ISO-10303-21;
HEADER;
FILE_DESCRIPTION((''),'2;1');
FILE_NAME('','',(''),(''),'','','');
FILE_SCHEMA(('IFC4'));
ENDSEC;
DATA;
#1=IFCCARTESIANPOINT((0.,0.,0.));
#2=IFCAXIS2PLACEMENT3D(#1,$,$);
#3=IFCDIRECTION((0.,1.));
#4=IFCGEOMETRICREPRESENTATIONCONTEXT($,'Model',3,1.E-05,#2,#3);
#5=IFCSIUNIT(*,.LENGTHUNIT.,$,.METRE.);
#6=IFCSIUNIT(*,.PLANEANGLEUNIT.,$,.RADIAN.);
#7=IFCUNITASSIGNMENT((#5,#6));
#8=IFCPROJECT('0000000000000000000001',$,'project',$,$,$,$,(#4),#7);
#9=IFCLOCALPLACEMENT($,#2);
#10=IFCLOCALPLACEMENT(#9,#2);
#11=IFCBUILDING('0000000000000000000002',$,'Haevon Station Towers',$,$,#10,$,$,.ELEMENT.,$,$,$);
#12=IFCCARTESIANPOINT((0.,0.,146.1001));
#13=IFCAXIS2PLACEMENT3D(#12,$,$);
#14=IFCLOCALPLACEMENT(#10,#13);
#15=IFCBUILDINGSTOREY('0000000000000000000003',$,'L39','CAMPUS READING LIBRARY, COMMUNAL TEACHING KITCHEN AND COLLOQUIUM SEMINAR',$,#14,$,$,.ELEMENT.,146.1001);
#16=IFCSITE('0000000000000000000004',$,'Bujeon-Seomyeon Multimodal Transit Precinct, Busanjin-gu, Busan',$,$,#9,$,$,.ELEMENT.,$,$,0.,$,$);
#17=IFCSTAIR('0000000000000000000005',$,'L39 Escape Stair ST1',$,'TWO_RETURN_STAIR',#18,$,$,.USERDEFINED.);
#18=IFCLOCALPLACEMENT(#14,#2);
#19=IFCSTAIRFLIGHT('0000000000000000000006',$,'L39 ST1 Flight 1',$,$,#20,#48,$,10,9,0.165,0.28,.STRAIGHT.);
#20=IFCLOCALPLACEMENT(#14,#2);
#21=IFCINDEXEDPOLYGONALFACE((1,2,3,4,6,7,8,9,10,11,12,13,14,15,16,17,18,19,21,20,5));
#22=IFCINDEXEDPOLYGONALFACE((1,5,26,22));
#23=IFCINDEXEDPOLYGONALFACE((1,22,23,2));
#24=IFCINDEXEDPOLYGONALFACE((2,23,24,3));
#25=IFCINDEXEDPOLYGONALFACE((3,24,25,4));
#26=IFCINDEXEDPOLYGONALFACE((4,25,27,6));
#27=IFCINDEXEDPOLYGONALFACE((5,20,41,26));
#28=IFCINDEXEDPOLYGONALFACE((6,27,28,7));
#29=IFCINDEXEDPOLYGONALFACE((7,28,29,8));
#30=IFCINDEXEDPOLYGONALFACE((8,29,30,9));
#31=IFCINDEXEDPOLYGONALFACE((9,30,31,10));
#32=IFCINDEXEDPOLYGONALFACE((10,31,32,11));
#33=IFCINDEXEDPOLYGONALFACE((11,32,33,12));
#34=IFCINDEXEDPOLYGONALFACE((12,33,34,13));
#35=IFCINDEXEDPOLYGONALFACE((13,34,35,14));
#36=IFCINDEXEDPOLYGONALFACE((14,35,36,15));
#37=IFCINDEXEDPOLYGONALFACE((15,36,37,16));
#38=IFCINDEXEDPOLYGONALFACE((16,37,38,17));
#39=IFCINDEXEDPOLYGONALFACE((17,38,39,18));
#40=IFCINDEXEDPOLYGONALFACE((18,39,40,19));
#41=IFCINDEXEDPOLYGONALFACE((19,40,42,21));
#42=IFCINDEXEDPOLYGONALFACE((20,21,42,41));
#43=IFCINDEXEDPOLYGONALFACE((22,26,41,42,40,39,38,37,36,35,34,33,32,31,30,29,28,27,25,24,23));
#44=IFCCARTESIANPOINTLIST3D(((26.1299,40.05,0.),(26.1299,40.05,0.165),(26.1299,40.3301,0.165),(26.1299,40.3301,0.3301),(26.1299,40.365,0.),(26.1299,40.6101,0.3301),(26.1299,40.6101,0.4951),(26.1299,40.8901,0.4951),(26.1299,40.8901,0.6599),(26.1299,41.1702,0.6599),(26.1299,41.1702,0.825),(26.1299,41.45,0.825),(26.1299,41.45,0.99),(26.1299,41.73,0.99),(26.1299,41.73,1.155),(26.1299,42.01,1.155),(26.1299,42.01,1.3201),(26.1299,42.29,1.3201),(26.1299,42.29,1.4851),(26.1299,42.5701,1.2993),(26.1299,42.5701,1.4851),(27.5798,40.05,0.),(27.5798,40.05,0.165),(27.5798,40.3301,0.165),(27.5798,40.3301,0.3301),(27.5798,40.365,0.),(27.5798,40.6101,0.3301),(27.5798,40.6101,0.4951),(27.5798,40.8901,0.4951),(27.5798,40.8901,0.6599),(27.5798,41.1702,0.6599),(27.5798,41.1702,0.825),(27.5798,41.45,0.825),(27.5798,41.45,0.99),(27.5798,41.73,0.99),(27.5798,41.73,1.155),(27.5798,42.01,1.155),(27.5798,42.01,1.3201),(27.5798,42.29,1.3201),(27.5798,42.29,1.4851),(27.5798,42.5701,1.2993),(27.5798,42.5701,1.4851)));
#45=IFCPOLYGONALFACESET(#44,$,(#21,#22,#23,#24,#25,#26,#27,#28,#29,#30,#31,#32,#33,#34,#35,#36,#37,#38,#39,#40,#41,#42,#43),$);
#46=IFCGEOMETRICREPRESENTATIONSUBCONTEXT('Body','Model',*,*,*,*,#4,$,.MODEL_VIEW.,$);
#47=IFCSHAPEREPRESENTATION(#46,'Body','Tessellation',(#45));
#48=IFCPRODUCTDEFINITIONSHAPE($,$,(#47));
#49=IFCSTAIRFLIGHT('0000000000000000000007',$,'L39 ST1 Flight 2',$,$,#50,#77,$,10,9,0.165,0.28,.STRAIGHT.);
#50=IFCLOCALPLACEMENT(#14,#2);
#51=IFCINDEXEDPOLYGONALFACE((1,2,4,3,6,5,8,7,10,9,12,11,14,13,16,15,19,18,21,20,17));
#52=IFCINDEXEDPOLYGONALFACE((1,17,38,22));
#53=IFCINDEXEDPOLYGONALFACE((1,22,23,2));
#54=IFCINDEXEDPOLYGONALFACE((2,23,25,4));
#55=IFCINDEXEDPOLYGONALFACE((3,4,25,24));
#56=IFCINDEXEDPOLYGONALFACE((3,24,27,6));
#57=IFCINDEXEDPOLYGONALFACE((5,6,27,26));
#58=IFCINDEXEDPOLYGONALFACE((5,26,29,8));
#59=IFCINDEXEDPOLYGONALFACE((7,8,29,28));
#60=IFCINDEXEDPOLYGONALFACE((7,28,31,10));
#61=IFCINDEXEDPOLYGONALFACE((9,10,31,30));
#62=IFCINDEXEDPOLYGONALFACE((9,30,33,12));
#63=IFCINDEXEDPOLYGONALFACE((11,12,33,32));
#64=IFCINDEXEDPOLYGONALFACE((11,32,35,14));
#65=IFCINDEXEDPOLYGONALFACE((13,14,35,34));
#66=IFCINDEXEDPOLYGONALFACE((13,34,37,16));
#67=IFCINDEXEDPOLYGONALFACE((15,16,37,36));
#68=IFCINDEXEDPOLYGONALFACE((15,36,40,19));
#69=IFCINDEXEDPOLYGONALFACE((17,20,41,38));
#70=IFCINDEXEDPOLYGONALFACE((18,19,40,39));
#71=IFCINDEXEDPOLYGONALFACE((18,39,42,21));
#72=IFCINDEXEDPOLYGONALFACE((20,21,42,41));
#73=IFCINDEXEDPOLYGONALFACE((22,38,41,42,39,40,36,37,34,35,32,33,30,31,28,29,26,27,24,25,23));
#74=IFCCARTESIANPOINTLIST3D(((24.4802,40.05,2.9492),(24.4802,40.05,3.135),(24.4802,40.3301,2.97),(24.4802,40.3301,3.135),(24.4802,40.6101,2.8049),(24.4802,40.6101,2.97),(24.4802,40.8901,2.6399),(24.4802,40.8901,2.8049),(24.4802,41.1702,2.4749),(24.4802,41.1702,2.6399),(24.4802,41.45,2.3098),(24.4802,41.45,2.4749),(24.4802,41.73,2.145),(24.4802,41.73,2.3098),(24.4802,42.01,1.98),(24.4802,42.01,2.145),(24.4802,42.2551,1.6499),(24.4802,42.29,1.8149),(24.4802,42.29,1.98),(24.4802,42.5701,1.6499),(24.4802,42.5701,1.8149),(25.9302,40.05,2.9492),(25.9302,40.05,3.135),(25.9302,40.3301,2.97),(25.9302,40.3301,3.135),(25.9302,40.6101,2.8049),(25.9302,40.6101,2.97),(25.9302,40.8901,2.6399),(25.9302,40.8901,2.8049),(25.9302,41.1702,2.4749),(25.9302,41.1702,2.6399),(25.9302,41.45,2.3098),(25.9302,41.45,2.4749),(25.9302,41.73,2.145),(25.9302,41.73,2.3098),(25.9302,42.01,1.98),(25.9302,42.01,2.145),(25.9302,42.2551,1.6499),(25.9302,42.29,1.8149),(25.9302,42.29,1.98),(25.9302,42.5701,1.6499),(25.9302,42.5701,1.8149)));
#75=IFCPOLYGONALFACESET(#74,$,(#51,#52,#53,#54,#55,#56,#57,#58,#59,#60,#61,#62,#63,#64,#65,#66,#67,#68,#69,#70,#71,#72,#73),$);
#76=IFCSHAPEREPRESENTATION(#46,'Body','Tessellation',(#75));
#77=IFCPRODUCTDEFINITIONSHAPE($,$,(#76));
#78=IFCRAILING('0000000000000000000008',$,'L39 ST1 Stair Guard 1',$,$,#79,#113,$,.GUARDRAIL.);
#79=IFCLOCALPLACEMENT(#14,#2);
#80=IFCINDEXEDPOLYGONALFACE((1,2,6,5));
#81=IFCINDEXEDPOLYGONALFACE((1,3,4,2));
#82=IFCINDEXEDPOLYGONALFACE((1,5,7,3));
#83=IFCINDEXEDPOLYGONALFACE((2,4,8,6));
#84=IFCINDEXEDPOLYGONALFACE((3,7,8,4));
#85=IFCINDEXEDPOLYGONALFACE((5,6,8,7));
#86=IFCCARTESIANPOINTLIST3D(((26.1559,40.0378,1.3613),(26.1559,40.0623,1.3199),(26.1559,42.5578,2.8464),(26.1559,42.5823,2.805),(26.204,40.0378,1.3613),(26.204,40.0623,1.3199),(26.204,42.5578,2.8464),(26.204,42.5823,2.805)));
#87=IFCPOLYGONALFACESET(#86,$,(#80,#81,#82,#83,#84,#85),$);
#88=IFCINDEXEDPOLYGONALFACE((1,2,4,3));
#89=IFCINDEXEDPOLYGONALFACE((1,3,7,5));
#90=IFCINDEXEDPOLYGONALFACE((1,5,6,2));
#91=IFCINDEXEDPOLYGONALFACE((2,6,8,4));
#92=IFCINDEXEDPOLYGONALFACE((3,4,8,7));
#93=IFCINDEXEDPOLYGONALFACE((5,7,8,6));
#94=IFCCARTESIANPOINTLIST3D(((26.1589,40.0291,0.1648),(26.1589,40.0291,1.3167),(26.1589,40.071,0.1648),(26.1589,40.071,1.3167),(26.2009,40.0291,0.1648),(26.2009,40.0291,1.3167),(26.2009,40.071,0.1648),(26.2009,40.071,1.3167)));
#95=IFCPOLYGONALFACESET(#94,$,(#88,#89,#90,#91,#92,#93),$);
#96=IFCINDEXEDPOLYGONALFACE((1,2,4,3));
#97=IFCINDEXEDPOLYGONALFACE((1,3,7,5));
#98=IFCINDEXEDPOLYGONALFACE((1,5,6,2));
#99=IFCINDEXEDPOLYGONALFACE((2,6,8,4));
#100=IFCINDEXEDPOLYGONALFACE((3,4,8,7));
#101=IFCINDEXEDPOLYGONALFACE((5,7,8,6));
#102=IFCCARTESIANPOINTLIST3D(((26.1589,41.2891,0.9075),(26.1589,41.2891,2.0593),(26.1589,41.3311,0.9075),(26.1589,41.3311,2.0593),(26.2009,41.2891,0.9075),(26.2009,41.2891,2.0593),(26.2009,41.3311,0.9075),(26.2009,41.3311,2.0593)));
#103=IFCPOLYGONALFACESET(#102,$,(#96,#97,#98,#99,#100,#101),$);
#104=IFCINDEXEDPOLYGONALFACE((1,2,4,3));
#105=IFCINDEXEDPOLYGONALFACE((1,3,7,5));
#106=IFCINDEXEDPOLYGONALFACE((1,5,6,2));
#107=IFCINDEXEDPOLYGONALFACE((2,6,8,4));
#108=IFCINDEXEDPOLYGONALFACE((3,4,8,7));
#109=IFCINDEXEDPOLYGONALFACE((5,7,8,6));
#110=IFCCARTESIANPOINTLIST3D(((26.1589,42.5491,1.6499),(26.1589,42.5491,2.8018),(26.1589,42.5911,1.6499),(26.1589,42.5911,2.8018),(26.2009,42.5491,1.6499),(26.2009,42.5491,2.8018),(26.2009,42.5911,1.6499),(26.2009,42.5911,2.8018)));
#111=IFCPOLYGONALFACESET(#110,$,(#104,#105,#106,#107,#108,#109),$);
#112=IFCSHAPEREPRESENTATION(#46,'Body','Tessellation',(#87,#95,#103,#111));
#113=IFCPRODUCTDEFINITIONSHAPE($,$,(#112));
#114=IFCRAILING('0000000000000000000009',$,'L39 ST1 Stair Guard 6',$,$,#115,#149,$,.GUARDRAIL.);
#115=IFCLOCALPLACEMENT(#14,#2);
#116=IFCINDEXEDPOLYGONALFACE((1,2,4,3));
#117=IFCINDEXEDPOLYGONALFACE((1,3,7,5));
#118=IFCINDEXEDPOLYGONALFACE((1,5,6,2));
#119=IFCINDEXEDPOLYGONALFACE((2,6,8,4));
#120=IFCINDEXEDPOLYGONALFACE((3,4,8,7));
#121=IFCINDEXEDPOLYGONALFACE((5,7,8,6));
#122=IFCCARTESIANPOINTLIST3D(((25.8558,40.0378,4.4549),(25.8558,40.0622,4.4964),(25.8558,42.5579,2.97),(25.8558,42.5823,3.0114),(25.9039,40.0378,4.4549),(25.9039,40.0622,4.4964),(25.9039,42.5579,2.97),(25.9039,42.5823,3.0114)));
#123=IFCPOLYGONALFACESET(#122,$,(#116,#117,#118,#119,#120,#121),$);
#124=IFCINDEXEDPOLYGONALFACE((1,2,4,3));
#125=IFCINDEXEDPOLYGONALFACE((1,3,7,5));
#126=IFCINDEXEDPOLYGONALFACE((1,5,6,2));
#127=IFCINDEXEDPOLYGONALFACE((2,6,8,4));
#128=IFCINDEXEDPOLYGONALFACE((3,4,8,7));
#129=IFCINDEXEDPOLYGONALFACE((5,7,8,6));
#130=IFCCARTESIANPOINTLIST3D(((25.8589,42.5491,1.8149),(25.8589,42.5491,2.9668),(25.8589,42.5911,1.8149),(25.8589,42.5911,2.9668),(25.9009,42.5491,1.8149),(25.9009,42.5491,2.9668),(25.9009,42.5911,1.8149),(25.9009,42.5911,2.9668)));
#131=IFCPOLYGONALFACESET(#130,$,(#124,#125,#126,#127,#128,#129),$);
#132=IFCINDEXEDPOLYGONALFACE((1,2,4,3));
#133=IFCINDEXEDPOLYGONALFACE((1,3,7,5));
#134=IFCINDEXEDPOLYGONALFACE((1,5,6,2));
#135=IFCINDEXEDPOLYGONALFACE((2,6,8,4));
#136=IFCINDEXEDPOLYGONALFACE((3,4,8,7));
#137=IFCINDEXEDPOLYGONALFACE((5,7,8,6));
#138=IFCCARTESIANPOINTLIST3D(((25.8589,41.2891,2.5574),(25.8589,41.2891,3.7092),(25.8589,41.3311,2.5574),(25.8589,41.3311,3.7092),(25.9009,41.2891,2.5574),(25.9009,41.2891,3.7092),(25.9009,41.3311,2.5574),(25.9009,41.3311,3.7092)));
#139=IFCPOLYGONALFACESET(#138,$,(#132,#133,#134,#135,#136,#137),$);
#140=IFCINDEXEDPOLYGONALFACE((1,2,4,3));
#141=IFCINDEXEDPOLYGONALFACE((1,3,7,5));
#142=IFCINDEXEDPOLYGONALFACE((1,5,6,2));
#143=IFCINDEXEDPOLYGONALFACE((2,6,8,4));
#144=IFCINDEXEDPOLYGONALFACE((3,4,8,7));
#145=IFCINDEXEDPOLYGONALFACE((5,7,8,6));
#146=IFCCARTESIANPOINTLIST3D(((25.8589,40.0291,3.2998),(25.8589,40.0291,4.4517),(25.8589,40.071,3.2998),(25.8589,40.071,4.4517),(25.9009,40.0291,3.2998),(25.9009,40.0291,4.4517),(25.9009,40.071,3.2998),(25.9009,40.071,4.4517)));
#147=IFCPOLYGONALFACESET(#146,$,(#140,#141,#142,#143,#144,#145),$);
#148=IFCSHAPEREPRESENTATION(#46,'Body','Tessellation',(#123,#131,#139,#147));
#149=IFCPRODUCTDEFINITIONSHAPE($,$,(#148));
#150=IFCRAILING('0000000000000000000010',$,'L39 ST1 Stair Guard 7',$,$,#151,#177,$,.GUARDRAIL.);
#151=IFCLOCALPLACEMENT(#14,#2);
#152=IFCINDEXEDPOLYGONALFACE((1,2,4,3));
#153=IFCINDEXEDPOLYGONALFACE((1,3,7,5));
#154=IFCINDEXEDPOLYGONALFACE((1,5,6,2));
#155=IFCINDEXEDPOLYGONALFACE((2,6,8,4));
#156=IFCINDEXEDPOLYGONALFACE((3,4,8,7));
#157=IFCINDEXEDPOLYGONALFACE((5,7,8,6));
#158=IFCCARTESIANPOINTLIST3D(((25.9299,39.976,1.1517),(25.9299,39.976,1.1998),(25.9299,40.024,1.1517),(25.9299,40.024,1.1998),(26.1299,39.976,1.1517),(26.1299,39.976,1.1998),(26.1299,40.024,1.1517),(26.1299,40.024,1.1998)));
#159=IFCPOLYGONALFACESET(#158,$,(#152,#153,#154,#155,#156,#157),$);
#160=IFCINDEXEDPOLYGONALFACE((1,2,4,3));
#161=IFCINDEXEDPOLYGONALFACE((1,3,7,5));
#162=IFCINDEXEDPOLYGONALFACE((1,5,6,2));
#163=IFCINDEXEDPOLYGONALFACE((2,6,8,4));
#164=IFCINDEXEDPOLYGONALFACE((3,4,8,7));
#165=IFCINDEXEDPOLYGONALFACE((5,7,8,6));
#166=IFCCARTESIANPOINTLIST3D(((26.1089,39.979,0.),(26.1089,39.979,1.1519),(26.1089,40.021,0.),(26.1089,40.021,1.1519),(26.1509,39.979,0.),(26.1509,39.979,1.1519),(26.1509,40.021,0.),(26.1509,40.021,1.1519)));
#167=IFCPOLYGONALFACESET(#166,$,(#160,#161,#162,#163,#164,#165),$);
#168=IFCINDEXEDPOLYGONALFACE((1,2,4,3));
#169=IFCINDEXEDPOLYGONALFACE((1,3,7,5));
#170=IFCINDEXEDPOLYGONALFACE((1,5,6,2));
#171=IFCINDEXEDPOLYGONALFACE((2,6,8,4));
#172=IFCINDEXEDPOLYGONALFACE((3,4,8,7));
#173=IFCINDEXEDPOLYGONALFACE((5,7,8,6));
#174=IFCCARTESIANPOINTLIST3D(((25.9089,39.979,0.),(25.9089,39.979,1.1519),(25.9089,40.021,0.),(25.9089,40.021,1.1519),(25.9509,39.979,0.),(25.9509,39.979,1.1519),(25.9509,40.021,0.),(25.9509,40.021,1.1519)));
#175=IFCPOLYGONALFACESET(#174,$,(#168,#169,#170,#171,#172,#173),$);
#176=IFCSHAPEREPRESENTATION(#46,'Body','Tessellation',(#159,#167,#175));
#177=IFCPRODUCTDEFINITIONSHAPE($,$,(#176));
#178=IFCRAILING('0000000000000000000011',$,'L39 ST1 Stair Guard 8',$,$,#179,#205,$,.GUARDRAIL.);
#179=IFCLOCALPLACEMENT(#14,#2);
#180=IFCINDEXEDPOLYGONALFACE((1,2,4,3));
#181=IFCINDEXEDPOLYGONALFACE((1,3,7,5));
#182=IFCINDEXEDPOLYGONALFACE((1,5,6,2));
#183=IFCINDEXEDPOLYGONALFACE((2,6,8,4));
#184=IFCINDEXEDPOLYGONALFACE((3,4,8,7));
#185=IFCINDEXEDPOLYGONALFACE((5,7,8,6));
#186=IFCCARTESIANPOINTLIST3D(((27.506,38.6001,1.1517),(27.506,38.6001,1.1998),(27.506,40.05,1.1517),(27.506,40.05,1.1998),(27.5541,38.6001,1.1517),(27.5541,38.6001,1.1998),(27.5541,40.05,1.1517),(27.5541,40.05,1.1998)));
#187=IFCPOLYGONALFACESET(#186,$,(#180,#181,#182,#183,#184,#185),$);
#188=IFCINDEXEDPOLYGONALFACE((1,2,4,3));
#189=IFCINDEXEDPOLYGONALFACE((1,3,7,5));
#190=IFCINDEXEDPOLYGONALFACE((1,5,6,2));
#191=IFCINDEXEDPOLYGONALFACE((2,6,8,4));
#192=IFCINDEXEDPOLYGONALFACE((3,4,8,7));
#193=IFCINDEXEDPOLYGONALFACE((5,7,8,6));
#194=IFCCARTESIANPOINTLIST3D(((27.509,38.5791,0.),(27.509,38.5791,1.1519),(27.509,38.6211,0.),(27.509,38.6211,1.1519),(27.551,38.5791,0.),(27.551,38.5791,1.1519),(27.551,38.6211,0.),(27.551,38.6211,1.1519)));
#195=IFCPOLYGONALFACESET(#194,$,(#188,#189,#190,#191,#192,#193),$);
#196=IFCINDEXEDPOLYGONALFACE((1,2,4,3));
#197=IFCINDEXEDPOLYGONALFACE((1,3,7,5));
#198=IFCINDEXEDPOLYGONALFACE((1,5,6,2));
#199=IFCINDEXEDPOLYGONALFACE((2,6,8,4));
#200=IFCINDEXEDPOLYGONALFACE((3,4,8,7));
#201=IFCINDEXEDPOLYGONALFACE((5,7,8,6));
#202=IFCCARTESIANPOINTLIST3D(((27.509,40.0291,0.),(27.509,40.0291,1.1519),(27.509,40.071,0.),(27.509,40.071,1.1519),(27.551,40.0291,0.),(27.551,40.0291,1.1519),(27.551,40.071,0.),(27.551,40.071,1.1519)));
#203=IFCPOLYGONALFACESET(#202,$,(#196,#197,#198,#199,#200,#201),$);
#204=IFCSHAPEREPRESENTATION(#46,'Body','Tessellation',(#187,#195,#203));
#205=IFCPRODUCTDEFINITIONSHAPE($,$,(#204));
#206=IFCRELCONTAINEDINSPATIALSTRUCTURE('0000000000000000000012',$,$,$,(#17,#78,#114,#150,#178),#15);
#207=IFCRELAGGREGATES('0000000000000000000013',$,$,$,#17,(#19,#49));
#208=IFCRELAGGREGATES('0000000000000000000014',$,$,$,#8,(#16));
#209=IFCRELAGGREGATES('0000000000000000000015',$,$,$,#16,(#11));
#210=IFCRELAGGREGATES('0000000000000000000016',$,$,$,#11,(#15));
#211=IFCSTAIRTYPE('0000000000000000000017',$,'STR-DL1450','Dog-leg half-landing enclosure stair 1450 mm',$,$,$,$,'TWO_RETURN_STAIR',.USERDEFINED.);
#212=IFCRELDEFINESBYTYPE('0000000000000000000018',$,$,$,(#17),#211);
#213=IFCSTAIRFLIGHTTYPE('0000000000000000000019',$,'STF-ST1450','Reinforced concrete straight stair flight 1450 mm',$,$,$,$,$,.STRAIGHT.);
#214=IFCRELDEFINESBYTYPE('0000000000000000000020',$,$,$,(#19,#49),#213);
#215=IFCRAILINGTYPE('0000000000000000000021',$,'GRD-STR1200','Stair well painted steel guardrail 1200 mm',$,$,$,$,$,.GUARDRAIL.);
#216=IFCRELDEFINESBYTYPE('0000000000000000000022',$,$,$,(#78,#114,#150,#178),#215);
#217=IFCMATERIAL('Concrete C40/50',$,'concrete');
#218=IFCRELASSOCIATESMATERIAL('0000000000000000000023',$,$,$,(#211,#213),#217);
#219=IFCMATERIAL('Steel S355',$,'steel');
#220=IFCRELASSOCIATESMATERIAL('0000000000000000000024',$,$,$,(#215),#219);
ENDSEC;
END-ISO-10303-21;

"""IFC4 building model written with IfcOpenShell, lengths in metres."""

from ifc_helpers import new_model, si_unit, direction, frame, origin, origin_2d, place, context, subcontext, project, spatial, polyline, rectangle, outline, extrude, material, type_object, element, aggregate, save


model = new_model("IFC4")

# Units and contexts
model_context = context("Model", 3, precision=1e-05, world=origin(), true_north=direction((0.0, 1.0)))
body_context = subcontext(model_context, "Body", "Model", "MODEL_VIEW")
ifc_project = project(units=[si_unit("LENGTHUNIT", "METRE"), si_unit("PLANEANGLEUNIT", "RADIAN")], contexts=[model_context])

# Site, building, storey
site_placement = place(None, origin())
site = spatial("IfcSite", under=ifc_project, at=site_placement, Name="Bujeon-Seomyeon Multimodal Transit Precinct, Busanjin-gu, Busan", CompositionType="ELEMENT", RefElevation=0.0)
building_placement = place(site_placement, origin())
building = spatial("IfcBuilding", under=site, at=building_placement, Name="Haevon Station Towers", CompositionType="ELEMENT")
storey_placement = place(building_placement, frame((0.0, 0.0, 146.1001)))
storey = spatial("IfcBuildingStorey", under=building, at=storey_placement, Name="L39", Description="CAMPUS READING LIBRARY, COMMUNAL TEACHING KITCHEN AND COLLOQUIUM SEMINAR", CompositionType="ELEMENT", Elevation=146.1001)

# Shared definitions
ifc_material_1 = material(Name="Steel S355", Category="steel")

# Stair, stair flights
ifc_material_2 = material(Name="Concrete C40/50", Category="concrete")
stair_type = type_object("IfcStairType", Name="STR-DL1450", Description="Dog-leg half-landing enclosure stair 1450 mm", ElementType="TWO_RETURN_STAIR", PredefinedType="USERDEFINED", material=ifc_material_2)
stair_placement = place(storey_placement, origin())
stair = element("IfcStair", 1, at=stair_placement, inside=storey, type_object=stair_type, Name="L39 Escape Stair ST1", ObjectType="TWO_RETURN_STAIR", PredefinedType="USERDEFINED")
stair_flight_type = type_object("IfcStairFlightType", Name="STF-ST1450", Description="Reinforced concrete straight stair flight 1450 mm", PredefinedType="STRAIGHT", material=ifc_material_2)
stair_flight_1_placement = place(storey_placement, frame((26.855, 40.05, 0.0), z_axis=(0.0, 0.0, 1.0), x_axis=(0.0, 1.0, 0.0)))
stair_flight_1 = element("IfcStairFlight", 2, at=stair_flight_1_placement, type_object=stair_flight_type, Name="L39 ST1 Flight 1", NumberOfRisers=10, NumberOfTreads=9, PredefinedType="STRAIGHT", RiserHeight=0.165, TreadLength=0.28, context=body_context, shape_type="SweptSolid", body=[
    extrude(outline(polyline([(0.0, 0.0), (0.0, 0.165), (0.28, 0.165), (0.28, 0.3301), (0.5601, 0.3301), (0.5601, 0.4951), (0.8401, 0.4951), (0.8401, 0.6599), (1.1201, 0.6599), (1.1201, 0.825), (1.3999, 0.825), (1.3999, 0.99), (1.6799, 0.99), (1.6799, 1.155), (1.96, 1.155), (1.96, 1.3201), (2.24, 1.3201), (2.24, 1.4851), (2.52, 1.4851), (2.52, 1.6499), (2.52, 1.2993), (0.3149, 0.0), (0.0, 0.0)])), frame((0.0, 0.7251, 0.0), z_axis=(0.0, -1.0, 0.0), x_axis=(1.0, 0.0, 0.0)), (0.0, 0.0, 1.0), 1.45),
])
stair_flight_2_placement = place(storey_placement, frame((25.2051, 42.5701, 1.6499), z_axis=(0.0, 0.0, 1.0), x_axis=(0.0, -1.0, 0.0)))
stair_flight_2 = element("IfcStairFlight", 3, at=stair_flight_2_placement, type_object=stair_flight_type, Name="L39 ST1 Flight 2", NumberOfRisers=10, NumberOfTreads=9, PredefinedType="STRAIGHT", RiserHeight=0.165, TreadLength=0.28, context=body_context, shape_type="SweptSolid", body=[
    extrude(outline(polyline([(0.0, 0.0), (0.0, 0.165), (0.28, 0.165), (0.28, 0.3301), (0.5601, 0.3301), (0.5601, 0.4951), (0.8401, 0.4951), (0.8401, 0.6599), (1.1201, 0.6599), (1.1201, 0.825), (1.3999, 0.825), (1.3999, 0.99), (1.6799, 0.99), (1.6799, 1.155), (1.96, 1.155), (1.96, 1.3201), (2.24, 1.3201), (2.24, 1.4851), (2.52, 1.4851), (2.52, 1.6499), (2.52, 1.2993), (0.3149, 0.0), (0.0, 0.0)])), frame((0.0, 0.7251, 0.0), z_axis=(0.0, -1.0, 0.0), x_axis=(1.0, 0.0, 0.0)), (0.0, 0.0, 1.0), 1.45),
])
aggregate(stair, [stair_flight_1, stair_flight_2])

# Railings
railing_type_1 = type_object("IfcRailingType", Name="GRD-STR1200", Description="Stair well painted steel guardrail 1200 mm", PredefinedType="GUARDRAIL", material=ifc_material_1)
railing_1_placement = place(storey_placement, frame((26.1799, 40.05, 0.1648)))
element("IfcRailing", 4, at=railing_1_placement, inside=storey, type_object=railing_type_1, Name="L39 ST1 Stair Guard 1", PredefinedType="GUARDRAIL", context=body_context, shape_type="SweptSolid", body=[
    extrude(rectangle(XDim=0.0481, YDim=0.0481, at=origin_2d()), frame((0.0, 0.0, 1.1758), z_axis=(0.0, 0.861524, 0.507717), x_axis=(-1.0, 0.0, 0.0)), (0.0, 0.0, 1.0), 2.925),
    extrude(rectangle(XDim=0.042, YDim=0.042, at=origin_2d()), origin(), (0.0, 0.0, 1.0), 1.1519),
    extrude(rectangle(XDim=0.042, YDim=0.042, at=origin_2d()), frame((0.0, 1.26, 0.7427)), (0.0, 0.0, 1.0), 1.1519),
    extrude(rectangle(XDim=0.042, YDim=0.042, at=origin_2d()), frame((0.0, 2.52, 1.4851)), (0.0, 0.0, 1.0), 1.1519),
])
railing_2_placement = place(storey_placement, frame((25.8799, 42.5701, 1.8149)))
element("IfcRailing", 5, at=railing_2_placement, inside=storey, type_object=railing_type_1, Name="L39 ST1 Stair Guard 6", PredefinedType="GUARDRAIL", context=body_context, shape_type="SweptSolid", body=[
    extrude(rectangle(XDim=0.0481, YDim=0.0481, at=origin_2d()), frame((0.0, 0.0, 1.1758), z_axis=(0.0, -0.861561, 0.507655), x_axis=(1.0, 0.0, 0.0)), (0.0, 0.0, 1.0), 2.925),
    extrude(rectangle(XDim=0.042, YDim=0.042, at=origin_2d()), origin(), (0.0, 0.0, 1.0), 1.1519),
    extrude(rectangle(XDim=0.042, YDim=0.042, at=origin_2d()), frame((0.0, -1.26, 0.7424)), (0.0, 0.0, 1.0), 1.1519),
    extrude(rectangle(XDim=0.042, YDim=0.042, at=origin_2d()), frame((0.0, -2.52, 1.4849)), (0.0, 0.0, 1.0), 1.1519),
])
railing_3_placement = place(storey_placement, frame((26.1299, 40.0, 0.0)))
element("IfcRailing", 6, at=railing_3_placement, inside=storey, type_object=railing_type_1, Name="L39 ST1 Stair Guard 7", PredefinedType="GUARDRAIL", context=body_context, shape_type="SweptSolid", body=[
    extrude(rectangle(XDim=0.0481, YDim=0.0481, at=origin_2d()), frame((0.0, 0.0, 1.1758), z_axis=(-1.0, 0.0, 0.0), x_axis=(0.0, -1.0, 0.0)), (0.0, 0.0, 1.0), 0.2),
    extrude(rectangle(XDim=0.042, YDim=0.042, at=origin_2d()), origin(), (0.0, 0.0, 1.0), 1.1519),
    extrude(rectangle(XDim=0.042, YDim=0.042, at=origin_2d()), frame((-0.2, 0.0, 0.0)), (0.0, 0.0, 1.0), 1.1519),
])
railing_4_placement = place(storey_placement, frame((27.53, 38.6001, 0.0)))
element("IfcRailing", 7, at=railing_4_placement, inside=storey, type_object=railing_type_1, Name="L39 ST1 Stair Guard 8", PredefinedType="GUARDRAIL", context=body_context, shape_type="SweptSolid", body=[
    extrude(rectangle(XDim=0.0481, YDim=0.0481, at=origin_2d()), frame((0.0, 0.0, 1.1758), z_axis=(0.0, 1.0, 0.0), x_axis=(-1.0, 0.0, 0.0)), (0.0, 0.0, 1.0), 1.45),
    extrude(rectangle(XDim=0.042, YDim=0.042, at=origin_2d()), origin(), (0.0, 0.0, 1.0), 1.1519),
    extrude(rectangle(XDim=0.042, YDim=0.042, at=origin_2d()), frame((0.0, 1.45, 0.0)), (0.0, 0.0, 1.0), 1.1519),
])

save(model, "model.ifc")
